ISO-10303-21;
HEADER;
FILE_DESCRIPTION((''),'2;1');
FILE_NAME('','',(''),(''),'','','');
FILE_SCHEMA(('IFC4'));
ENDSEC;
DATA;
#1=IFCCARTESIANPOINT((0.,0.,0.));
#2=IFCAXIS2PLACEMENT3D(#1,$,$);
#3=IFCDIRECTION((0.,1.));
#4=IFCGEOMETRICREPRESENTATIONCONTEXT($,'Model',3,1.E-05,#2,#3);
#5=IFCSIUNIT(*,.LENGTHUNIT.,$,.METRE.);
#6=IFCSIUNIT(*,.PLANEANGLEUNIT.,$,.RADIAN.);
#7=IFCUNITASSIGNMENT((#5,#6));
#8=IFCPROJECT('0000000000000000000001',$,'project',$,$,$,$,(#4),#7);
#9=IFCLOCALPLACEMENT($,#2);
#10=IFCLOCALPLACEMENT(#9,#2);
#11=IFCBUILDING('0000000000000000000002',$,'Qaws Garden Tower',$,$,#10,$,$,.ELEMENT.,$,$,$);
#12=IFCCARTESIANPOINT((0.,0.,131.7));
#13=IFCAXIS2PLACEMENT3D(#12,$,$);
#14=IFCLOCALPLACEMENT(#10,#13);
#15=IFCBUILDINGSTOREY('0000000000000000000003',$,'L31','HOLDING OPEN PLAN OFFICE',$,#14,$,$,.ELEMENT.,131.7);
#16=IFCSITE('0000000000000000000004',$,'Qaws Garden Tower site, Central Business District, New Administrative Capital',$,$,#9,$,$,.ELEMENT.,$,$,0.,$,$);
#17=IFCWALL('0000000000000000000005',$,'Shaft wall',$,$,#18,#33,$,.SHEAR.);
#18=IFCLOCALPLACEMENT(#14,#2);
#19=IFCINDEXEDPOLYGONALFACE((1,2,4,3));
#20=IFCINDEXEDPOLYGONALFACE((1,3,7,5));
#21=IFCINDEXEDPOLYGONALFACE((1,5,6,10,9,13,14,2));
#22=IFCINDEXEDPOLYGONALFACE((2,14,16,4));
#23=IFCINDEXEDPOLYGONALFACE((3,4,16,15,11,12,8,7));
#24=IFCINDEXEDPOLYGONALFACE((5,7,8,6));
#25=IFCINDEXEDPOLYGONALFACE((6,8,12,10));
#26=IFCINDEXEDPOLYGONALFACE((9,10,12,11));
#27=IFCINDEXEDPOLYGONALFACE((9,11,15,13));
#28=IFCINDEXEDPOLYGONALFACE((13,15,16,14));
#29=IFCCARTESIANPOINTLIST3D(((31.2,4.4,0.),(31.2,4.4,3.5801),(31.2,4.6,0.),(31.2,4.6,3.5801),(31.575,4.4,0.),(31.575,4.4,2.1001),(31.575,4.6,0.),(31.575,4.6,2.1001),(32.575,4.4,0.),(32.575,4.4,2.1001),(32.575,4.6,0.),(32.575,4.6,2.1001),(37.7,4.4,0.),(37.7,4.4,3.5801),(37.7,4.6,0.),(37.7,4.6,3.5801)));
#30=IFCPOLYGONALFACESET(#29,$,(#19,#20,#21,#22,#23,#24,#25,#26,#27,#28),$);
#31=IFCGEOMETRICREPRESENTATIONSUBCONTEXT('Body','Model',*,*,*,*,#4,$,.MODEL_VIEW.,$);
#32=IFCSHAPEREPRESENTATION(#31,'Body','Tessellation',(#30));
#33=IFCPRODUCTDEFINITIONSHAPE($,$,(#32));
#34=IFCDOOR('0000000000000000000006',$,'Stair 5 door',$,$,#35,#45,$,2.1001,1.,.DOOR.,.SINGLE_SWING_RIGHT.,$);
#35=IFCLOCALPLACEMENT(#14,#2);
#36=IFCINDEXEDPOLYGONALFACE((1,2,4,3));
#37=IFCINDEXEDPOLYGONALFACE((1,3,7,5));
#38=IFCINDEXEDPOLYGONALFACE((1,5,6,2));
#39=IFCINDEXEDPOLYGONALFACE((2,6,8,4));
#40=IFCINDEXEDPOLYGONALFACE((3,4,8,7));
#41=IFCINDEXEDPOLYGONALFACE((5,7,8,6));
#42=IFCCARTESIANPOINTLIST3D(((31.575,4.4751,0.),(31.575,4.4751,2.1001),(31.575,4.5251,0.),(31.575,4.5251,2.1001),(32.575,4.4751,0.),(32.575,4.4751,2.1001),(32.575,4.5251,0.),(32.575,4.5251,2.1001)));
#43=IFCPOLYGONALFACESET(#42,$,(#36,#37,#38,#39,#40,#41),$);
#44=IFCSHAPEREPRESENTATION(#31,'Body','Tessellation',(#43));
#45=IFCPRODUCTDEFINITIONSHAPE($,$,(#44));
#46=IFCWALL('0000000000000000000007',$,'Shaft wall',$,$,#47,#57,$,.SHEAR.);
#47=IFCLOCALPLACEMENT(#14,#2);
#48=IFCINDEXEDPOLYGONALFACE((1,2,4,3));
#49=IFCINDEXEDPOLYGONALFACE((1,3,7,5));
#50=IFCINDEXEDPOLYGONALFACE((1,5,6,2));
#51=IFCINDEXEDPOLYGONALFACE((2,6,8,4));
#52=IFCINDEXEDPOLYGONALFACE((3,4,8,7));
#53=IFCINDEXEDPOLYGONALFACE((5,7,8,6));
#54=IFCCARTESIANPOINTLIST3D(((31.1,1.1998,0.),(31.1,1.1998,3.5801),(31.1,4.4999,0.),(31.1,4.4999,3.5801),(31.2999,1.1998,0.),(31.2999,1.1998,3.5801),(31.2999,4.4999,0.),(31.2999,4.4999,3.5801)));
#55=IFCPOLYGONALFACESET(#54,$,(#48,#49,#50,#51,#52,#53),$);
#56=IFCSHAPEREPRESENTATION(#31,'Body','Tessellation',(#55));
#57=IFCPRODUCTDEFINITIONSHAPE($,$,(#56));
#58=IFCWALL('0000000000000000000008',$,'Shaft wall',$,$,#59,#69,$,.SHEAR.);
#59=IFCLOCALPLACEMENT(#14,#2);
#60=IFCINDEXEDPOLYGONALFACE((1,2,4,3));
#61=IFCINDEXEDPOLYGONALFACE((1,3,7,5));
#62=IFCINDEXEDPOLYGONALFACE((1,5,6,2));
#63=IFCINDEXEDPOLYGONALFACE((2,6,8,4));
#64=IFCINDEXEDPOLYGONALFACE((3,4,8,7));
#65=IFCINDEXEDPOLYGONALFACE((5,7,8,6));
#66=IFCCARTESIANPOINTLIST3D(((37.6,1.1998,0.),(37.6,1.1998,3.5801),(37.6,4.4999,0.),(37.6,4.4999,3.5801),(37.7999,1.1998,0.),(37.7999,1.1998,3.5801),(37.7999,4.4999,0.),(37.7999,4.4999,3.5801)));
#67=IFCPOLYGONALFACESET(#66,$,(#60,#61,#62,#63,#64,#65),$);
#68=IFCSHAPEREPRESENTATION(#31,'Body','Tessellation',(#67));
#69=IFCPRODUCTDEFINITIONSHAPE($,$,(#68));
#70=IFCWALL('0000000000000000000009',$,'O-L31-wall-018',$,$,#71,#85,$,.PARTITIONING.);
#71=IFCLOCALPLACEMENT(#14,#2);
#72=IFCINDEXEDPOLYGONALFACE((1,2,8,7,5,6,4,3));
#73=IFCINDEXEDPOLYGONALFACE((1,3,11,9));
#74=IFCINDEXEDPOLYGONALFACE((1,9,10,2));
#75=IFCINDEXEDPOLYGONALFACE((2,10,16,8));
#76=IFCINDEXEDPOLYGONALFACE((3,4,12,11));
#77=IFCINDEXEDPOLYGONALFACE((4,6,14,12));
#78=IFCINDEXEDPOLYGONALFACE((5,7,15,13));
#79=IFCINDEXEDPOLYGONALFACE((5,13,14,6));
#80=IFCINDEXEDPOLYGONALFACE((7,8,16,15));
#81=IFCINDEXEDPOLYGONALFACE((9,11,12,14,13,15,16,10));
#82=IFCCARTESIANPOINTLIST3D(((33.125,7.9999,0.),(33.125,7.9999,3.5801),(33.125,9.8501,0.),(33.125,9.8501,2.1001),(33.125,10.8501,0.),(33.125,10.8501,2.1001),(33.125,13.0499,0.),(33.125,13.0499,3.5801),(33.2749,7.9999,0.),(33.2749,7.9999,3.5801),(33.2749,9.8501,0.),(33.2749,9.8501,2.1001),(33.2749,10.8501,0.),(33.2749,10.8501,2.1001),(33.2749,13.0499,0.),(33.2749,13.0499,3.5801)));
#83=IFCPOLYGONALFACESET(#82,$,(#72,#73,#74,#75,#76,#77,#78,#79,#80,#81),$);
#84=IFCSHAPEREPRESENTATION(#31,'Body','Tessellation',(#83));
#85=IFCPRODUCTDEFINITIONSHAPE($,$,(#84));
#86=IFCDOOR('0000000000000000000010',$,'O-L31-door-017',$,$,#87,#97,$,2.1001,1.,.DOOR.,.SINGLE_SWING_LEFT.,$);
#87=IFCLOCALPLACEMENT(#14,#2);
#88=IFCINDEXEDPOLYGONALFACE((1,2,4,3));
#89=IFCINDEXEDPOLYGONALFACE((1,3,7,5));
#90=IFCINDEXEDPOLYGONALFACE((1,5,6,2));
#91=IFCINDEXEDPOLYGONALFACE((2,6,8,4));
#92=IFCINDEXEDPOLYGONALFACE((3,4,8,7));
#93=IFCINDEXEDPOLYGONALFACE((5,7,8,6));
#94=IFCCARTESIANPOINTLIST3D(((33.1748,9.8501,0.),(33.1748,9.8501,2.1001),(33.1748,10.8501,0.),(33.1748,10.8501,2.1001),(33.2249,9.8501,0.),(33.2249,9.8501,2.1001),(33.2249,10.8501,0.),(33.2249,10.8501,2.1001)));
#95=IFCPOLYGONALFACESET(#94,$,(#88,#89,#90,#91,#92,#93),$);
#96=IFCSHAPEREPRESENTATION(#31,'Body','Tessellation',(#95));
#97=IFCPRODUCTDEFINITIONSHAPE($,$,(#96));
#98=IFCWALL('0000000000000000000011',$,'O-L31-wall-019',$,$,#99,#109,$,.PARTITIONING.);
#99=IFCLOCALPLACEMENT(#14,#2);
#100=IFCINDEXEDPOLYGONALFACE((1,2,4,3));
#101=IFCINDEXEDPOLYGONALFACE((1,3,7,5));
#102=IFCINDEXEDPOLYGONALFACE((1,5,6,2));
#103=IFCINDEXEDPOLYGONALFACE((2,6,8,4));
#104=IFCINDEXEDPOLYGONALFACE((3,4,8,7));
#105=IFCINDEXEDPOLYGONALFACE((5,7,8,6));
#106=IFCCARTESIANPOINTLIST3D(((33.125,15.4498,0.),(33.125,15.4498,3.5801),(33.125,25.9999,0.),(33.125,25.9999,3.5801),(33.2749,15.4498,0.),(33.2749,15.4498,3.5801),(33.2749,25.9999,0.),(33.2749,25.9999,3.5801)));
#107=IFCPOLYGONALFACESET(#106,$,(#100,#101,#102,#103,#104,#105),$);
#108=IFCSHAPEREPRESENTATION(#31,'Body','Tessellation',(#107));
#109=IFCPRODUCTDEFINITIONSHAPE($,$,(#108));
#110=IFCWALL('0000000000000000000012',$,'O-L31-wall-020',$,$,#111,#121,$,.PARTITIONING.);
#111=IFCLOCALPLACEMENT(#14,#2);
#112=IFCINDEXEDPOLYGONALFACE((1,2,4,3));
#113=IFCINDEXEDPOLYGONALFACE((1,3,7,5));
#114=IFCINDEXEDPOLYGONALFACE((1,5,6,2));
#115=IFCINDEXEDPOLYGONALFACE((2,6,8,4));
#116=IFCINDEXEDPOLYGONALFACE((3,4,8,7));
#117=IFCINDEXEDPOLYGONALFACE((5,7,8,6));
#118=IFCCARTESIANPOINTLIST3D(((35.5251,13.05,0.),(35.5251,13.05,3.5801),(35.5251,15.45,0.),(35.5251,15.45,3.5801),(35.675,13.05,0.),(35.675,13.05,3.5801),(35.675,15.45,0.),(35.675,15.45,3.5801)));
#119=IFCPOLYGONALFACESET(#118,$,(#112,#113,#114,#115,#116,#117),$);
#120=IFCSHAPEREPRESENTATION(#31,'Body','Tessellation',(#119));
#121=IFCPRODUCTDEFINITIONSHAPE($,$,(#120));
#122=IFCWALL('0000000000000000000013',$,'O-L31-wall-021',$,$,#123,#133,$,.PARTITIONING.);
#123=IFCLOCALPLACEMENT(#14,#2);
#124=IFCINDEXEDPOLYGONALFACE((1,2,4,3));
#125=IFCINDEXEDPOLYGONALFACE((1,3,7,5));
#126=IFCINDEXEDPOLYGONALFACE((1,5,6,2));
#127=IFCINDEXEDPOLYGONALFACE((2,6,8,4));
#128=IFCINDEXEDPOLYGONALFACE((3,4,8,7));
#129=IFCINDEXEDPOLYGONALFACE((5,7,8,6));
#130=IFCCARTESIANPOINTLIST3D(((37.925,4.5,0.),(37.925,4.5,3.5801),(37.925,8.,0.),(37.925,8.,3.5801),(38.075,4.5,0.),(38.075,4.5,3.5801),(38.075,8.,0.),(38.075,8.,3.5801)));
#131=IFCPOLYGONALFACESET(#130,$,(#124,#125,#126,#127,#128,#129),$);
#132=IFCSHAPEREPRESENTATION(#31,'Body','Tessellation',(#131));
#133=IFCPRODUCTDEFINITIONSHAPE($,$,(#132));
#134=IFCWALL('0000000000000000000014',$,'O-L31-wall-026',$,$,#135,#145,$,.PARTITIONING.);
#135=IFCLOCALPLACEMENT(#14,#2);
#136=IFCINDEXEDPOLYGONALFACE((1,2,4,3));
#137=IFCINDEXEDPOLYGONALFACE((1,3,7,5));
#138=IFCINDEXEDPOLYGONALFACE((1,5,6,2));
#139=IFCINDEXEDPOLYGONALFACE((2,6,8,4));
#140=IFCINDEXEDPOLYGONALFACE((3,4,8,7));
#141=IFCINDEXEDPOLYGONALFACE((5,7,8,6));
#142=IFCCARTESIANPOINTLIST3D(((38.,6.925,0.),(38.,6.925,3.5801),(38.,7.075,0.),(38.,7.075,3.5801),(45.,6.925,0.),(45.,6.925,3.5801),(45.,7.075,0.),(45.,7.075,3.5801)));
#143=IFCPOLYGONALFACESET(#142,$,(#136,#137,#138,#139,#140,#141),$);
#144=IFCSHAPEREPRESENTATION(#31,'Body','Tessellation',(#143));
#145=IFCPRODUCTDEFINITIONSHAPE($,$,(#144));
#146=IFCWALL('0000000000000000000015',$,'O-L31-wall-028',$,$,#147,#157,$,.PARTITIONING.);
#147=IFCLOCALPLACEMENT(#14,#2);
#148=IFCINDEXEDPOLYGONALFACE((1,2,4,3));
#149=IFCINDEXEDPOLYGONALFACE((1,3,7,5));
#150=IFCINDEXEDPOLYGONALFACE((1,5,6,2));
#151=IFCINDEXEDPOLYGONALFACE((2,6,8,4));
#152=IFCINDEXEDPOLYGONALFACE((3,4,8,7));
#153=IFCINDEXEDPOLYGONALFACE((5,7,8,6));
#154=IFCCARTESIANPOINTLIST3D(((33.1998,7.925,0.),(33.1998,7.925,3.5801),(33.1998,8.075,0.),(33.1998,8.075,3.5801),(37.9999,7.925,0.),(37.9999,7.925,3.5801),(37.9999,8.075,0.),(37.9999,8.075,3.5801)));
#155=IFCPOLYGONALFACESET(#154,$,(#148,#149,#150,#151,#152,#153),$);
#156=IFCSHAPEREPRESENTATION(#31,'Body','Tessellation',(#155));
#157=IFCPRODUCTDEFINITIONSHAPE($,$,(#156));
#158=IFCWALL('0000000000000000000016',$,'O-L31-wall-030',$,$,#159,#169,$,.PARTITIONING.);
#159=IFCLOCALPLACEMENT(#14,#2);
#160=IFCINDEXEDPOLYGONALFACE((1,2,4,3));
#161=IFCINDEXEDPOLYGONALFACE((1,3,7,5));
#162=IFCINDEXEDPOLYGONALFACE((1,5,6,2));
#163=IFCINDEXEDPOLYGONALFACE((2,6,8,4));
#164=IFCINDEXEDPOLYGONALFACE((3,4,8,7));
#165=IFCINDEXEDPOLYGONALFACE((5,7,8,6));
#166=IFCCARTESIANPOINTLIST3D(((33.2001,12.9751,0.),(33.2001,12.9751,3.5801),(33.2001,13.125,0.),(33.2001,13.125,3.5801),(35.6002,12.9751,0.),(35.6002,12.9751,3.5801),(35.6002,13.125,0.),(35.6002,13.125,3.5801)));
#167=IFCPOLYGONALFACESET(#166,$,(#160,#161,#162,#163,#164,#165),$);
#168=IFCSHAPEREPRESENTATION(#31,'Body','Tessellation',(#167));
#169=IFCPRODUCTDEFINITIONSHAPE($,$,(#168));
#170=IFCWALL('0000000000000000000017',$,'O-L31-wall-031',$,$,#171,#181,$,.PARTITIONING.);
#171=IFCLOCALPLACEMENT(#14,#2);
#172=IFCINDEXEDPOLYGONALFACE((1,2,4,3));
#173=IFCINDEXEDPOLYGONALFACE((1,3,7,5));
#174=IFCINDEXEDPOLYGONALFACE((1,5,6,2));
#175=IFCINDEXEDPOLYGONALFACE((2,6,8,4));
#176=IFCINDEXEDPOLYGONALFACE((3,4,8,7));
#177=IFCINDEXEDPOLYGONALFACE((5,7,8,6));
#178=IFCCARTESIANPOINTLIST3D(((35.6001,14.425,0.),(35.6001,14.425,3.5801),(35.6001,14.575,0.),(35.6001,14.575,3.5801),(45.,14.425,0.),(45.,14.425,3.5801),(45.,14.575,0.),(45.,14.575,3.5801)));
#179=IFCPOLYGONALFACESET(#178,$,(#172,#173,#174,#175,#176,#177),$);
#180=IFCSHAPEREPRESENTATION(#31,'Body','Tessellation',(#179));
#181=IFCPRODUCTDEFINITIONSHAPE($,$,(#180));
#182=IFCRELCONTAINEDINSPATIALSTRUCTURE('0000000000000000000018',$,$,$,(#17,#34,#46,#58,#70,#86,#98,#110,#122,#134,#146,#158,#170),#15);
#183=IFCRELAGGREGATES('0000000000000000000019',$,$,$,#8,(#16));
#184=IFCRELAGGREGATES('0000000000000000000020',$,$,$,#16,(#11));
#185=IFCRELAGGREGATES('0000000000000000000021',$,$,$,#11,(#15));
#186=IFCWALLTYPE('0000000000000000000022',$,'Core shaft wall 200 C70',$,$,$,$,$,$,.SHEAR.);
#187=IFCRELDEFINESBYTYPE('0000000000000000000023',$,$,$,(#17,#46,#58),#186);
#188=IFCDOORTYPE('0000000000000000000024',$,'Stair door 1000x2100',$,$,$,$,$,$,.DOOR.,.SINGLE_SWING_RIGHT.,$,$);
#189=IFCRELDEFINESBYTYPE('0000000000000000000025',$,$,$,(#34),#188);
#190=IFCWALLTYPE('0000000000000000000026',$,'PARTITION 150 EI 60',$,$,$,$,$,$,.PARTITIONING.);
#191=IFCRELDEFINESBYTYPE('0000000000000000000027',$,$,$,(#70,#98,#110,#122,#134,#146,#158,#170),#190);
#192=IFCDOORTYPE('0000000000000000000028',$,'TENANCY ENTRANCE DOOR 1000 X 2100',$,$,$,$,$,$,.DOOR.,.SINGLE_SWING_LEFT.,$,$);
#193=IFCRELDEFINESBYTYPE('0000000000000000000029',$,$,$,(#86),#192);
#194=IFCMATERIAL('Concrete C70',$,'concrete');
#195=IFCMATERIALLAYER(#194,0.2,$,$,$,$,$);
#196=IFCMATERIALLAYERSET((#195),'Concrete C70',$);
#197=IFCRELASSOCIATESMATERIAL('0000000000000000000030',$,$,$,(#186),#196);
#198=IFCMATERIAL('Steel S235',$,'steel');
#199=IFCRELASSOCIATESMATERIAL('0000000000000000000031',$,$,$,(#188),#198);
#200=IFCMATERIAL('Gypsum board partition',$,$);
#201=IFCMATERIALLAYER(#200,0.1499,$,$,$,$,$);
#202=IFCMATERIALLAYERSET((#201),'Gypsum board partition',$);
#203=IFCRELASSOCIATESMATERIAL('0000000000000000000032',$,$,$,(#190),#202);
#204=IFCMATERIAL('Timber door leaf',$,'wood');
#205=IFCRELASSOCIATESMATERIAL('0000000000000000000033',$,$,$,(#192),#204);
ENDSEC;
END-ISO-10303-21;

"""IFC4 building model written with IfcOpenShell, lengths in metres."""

from ifc_helpers import new_model, si_unit, direction, frame, frame_2d, origin, place, context, subcontext, project, spatial, rectangle, extrude, material, layer, layer_set, type_object, element, fill, save


model = new_model("IFC4")

# Units and contexts
model_context = context("Model", 3, precision=1e-05, world=origin(), true_north=direction((0.0, 1.0)))
body_context = subcontext(model_context, "Body", "Model", "MODEL_VIEW")
ifc_project = project(units=[si_unit("LENGTHUNIT", "METRE"), si_unit("PLANEANGLEUNIT", "RADIAN")], contexts=[model_context])

# Site, building, storey
site_placement = place(None, origin())
site = spatial("IfcSite", under=ifc_project, at=site_placement, Name="Qaws Garden Tower site, Central Business District, New Administrative Capital", CompositionType="ELEMENT", RefElevation=0.0)
building_placement = place(site_placement, origin())
building = spatial("IfcBuilding", under=site, at=building_placement, Name="Qaws Garden Tower", CompositionType="ELEMENT")
storey_placement = place(building_placement, frame((0.0, 0.0, 131.7)))
storey = spatial("IfcBuildingStorey", under=building, at=storey_placement, Name="L31", Description="HOLDING OPEN PLAN OFFICE", CompositionType="ELEMENT", Elevation=131.7)

# Wall, opening, door
ifc_material_1 = material(Name="Concrete C70", Category="concrete")
ifc_layer_1 = layer(ifc_material_1, 0.2)
ifc_layer_set_1 = layer_set([ifc_layer_1], Name="Concrete C70")
wall_type_1 = type_object("IfcWallType", Name="Core shaft wall 200 C70", PredefinedType="SHEAR", material=ifc_layer_set_1)
wall_1_placement = place(storey_placement, frame((31.2, 4.5, 0.0), z_axis=(0.0, 0.0, 1.0), x_axis=(1.0, 0.0, 0.0)))
wall_1 = element("IfcWall", 1, at=wall_1_placement, inside=storey, type_object=wall_type_1, Name="Shaft wall", PredefinedType="SHEAR", context=body_context, shape_type="SweptSolid", body=[
    extrude(rectangle(XDim=6.5, YDim=0.2, at=frame_2d((3.25, 0.0))), origin(), (0.0, 0.0, 1.0), 3.5801),
])
opening_1_placement = place(wall_1_placement, frame((0.375, 0.0, 0.0)))
opening_1 = element("IfcOpeningElement", 2, at=opening_1_placement, cuts=wall_1, PredefinedType="OPENING", context=body_context, shape_type="SweptSolid", body=[
    extrude(rectangle(XDim=1.0, YDim=2.1001, at=frame_2d((0.5, 1.05))), frame((0.0, 0.1099, 0.0), z_axis=(0.0, -1.0, 0.0), x_axis=(1.0, 0.0, 0.0)), (0.0, 0.0, 1.0), 0.22),
])
ifc_material_2 = material(Name="Steel S235", Category="steel")
door_type_1 = type_object("IfcDoorType", Name="Stair door 1000x2100", OperationType="SINGLE_SWING_RIGHT", PredefinedType="DOOR", material=ifc_material_2)
door_1_placement = place(opening_1_placement, frame((1.0, 0.0, 0.0), z_axis=(0.0, 0.0, 1.0), x_axis=(-1.0, 0.0, 0.0)))
door_1 = element("IfcDoor", 3, at=door_1_placement, inside=storey, type_object=door_type_1, Name="Stair 5 door", OperationType="SINGLE_SWING_RIGHT", OverallHeight=2.1001, OverallWidth=1.0, PredefinedType="DOOR", context=body_context, shape_type="SweptSolid", body=[
    extrude(rectangle(XDim=1.0, YDim=2.1001, at=frame_2d((0.5, 1.05))), frame((0.0, 0.0249, 0.0), z_axis=(0.0, -1.0, 0.0), x_axis=(1.0, 0.0, 0.0)), (0.0, 0.0, 1.0), 0.05),
])
fill(opening_1, door_1)

# Walls
for number, where, z_axis, x_axis, name in (
    (4, (31.2, 1.2, 0.0), (0.0, 0.0, 1.0), (0.0, 1.0, 0.0), "Shaft wall"),
    (5, (37.7, 1.2, 0.0), (0.0, 0.0, 1.0), (0.0, 1.0, 0.0), "Shaft wall"),
):
    element("IfcWall", number, at=place(storey_placement, frame(where, z_axis=z_axis, x_axis=x_axis)), inside=storey, type_object=wall_type_1, Name=name, PredefinedType="SHEAR", context=body_context, shape_type="SweptSolid", body=[
        extrude(rectangle(XDim=3.3, YDim=0.2, at=frame_2d((1.6499, 0.0))), origin(), (0.0, 0.0, 1.0), 3.5801),
    ])

# Wall, opening, door
ifc_material_3 = material(Name="Gypsum board partition")
ifc_layer_2 = layer(ifc_material_3, 0.1499)
ifc_layer_set_2 = layer_set([ifc_layer_2], Name="Gypsum board partition")
wall_type_2 = type_object("IfcWallType", Name="PARTITION 150 EI 60", PredefinedType="PARTITIONING", material=ifc_layer_set_2)
wall_2_placement = place(storey_placement, frame((33.2, 8.0, 0.0), z_axis=(0.0, 0.0, 1.0), x_axis=(0.0, 1.0, 0.0)))
wall_2 = element("IfcWall", 6, at=wall_2_placement, inside=storey, type_object=wall_type_2, Name="O-L31-wall-018", PredefinedType="PARTITIONING", context=body_context, shape_type="SweptSolid", body=[
    extrude(rectangle(XDim=5.05, YDim=0.1499, at=frame_2d((2.5249, 0.0))), origin(), (0.0, 0.0, 1.0), 3.5801),
])
opening_2_placement = place(wall_2_placement, frame((1.8501, 0.0, 0.0)))
opening_2 = element("IfcOpeningElement", 7, at=opening_2_placement, cuts=wall_2, PredefinedType="OPENING", context=body_context, shape_type="SweptSolid", body=[
    extrude(rectangle(XDim=1.0, YDim=2.1001, at=frame_2d((0.5, 1.05))), frame((0.0, 0.085, 0.0), z_axis=(0.0, -1.0, 0.0), x_axis=(1.0, 0.0, 0.0)), (0.0, 0.0, 1.0), 0.1699),
])
ifc_material_4 = material(Name="Timber door leaf", Category="wood")
door_type_2 = type_object("IfcDoorType", Name="TENANCY ENTRANCE DOOR 1000 X 2100", OperationType="SINGLE_SWING_LEFT", PredefinedType="DOOR", material=ifc_material_4)
door_2_placement = place(opening_2_placement, frame((1.0, 0.0, 0.0), z_axis=(0.0, 0.0, 1.0), x_axis=(-1.0, 0.0, 0.0)))
door_2 = element("IfcDoor", 8, at=door_2_placement, inside=storey, type_object=door_type_2, Name="O-L31-door-017", OperationType="SINGLE_SWING_LEFT", OverallHeight=2.1001, OverallWidth=1.0, PredefinedType="DOOR", context=body_context, shape_type="SweptSolid", body=[
    extrude(rectangle(XDim=1.0, YDim=2.1001, at=frame_2d((0.5, 1.05))), frame((0.0, 0.0249, 0.0), z_axis=(0.0, -1.0, 0.0), x_axis=(1.0, 0.0, 0.0)), (0.0, 0.0, 1.0), 0.05),
])
fill(opening_2, door_2)

# Walls
wall_3_placement = place(storey_placement, frame((33.2, 15.45, 0.0), z_axis=(0.0, 0.0, 1.0), x_axis=(0.0, 1.0, 0.0)))
element("IfcWall", 9, at=wall_3_placement, inside=storey, type_object=wall_type_2, Name="O-L31-wall-019", PredefinedType="PARTITIONING", context=body_context, shape_type="SweptSolid", body=[
    extrude(rectangle(XDim=10.55, YDim=0.1499, at=frame_2d((5.2749, 0.0))), origin(), (0.0, 0.0, 1.0), 3.5801),
])
wall_4_placement = place(storey_placement, frame((35.6001, 13.05, 0.0), z_axis=(0.0, 0.0, 1.0), x_axis=(0.0, 1.0, 0.0)))
element("IfcWall", 10, at=wall_4_placement, inside=storey, type_object=wall_type_2, Name="O-L31-wall-020", PredefinedType="PARTITIONING", context=body_context, shape_type="SweptSolid", body=[
    extrude(rectangle(XDim=2.3999, YDim=0.1499, at=frame_2d((1.2, 0.0))), origin(), (0.0, 0.0, 1.0), 3.5801),
])
wall_5_placement = place(storey_placement, frame((38.0, 4.5, 0.0), z_axis=(0.0, 0.0, 1.0), x_axis=(0.0, 1.0, 0.0)))
element("IfcWall", 11, at=wall_5_placement, inside=storey, type_object=wall_type_2, Name="O-L31-wall-021", PredefinedType="PARTITIONING", context=body_context, shape_type="SweptSolid", body=[
    extrude(rectangle(XDim=3.5, YDim=0.1499, at=frame_2d((1.75, 0.0))), origin(), (0.0, 0.0, 1.0), 3.5801),
])
wall_6_placement = place(storey_placement, frame((38.0, 7.0, 0.0), z_axis=(0.0, 0.0, 1.0), x_axis=(1.0, 0.0, 0.0)))
element("IfcWall", 12, at=wall_6_placement, inside=storey, type_object=wall_type_2, Name="O-L31-wall-026", PredefinedType="PARTITIONING", context=body_context, shape_type="SweptSolid", body=[
    extrude(rectangle(XDim=7.0, YDim=0.1499, at=frame_2d((3.5, 0.0))), origin(), (0.0, 0.0, 1.0), 3.5801),
])
wall_7_placement = place(storey_placement, frame((33.2, 8.0, 0.0), z_axis=(0.0, 0.0, 1.0), x_axis=(1.0, 0.0, 0.0)))
element("IfcWall", 13, at=wall_7_placement, inside=storey, type_object=wall_type_2, Name="O-L31-wall-028", PredefinedType="PARTITIONING", context=body_context, shape_type="SweptSolid", body=[
    extrude(rectangle(XDim=4.8, YDim=0.1499, at=frame_2d((2.3999, 0.0))), origin(), (0.0, 0.0, 1.0), 3.5801),
])
wall_8_placement = place(storey_placement, frame((33.2, 13.05, 0.0), z_axis=(0.0, 0.0, 1.0), x_axis=(1.0, 0.0, 0.0)))
element("IfcWall", 14, at=wall_8_placement, inside=storey, type_object=wall_type_2, Name="O-L31-wall-030", PredefinedType="PARTITIONING", context=body_context, shape_type="SweptSolid", body=[
    extrude(rectangle(XDim=2.4001, YDim=0.1499, at=frame_2d((1.2002, 0.0))), origin(), (0.0, 0.0, 1.0), 3.5801),
])
wall_9_placement = place(storey_placement, frame((35.6001, 14.5, 0.0), z_axis=(0.0, 0.0, 1.0), x_axis=(1.0, 0.0, 0.0)))
element("IfcWall", 15, at=wall_9_placement, inside=storey, type_object=wall_type_2, Name="O-L31-wall-031", PredefinedType="PARTITIONING", context=body_context, shape_type="SweptSolid", body=[
    extrude(rectangle(XDim=9.3999, YDim=0.1499, at=frame_2d((4.7, 0.0))), origin(), (0.0, 0.0, 1.0), 3.5801),
])

save(model, "model.ifc")
